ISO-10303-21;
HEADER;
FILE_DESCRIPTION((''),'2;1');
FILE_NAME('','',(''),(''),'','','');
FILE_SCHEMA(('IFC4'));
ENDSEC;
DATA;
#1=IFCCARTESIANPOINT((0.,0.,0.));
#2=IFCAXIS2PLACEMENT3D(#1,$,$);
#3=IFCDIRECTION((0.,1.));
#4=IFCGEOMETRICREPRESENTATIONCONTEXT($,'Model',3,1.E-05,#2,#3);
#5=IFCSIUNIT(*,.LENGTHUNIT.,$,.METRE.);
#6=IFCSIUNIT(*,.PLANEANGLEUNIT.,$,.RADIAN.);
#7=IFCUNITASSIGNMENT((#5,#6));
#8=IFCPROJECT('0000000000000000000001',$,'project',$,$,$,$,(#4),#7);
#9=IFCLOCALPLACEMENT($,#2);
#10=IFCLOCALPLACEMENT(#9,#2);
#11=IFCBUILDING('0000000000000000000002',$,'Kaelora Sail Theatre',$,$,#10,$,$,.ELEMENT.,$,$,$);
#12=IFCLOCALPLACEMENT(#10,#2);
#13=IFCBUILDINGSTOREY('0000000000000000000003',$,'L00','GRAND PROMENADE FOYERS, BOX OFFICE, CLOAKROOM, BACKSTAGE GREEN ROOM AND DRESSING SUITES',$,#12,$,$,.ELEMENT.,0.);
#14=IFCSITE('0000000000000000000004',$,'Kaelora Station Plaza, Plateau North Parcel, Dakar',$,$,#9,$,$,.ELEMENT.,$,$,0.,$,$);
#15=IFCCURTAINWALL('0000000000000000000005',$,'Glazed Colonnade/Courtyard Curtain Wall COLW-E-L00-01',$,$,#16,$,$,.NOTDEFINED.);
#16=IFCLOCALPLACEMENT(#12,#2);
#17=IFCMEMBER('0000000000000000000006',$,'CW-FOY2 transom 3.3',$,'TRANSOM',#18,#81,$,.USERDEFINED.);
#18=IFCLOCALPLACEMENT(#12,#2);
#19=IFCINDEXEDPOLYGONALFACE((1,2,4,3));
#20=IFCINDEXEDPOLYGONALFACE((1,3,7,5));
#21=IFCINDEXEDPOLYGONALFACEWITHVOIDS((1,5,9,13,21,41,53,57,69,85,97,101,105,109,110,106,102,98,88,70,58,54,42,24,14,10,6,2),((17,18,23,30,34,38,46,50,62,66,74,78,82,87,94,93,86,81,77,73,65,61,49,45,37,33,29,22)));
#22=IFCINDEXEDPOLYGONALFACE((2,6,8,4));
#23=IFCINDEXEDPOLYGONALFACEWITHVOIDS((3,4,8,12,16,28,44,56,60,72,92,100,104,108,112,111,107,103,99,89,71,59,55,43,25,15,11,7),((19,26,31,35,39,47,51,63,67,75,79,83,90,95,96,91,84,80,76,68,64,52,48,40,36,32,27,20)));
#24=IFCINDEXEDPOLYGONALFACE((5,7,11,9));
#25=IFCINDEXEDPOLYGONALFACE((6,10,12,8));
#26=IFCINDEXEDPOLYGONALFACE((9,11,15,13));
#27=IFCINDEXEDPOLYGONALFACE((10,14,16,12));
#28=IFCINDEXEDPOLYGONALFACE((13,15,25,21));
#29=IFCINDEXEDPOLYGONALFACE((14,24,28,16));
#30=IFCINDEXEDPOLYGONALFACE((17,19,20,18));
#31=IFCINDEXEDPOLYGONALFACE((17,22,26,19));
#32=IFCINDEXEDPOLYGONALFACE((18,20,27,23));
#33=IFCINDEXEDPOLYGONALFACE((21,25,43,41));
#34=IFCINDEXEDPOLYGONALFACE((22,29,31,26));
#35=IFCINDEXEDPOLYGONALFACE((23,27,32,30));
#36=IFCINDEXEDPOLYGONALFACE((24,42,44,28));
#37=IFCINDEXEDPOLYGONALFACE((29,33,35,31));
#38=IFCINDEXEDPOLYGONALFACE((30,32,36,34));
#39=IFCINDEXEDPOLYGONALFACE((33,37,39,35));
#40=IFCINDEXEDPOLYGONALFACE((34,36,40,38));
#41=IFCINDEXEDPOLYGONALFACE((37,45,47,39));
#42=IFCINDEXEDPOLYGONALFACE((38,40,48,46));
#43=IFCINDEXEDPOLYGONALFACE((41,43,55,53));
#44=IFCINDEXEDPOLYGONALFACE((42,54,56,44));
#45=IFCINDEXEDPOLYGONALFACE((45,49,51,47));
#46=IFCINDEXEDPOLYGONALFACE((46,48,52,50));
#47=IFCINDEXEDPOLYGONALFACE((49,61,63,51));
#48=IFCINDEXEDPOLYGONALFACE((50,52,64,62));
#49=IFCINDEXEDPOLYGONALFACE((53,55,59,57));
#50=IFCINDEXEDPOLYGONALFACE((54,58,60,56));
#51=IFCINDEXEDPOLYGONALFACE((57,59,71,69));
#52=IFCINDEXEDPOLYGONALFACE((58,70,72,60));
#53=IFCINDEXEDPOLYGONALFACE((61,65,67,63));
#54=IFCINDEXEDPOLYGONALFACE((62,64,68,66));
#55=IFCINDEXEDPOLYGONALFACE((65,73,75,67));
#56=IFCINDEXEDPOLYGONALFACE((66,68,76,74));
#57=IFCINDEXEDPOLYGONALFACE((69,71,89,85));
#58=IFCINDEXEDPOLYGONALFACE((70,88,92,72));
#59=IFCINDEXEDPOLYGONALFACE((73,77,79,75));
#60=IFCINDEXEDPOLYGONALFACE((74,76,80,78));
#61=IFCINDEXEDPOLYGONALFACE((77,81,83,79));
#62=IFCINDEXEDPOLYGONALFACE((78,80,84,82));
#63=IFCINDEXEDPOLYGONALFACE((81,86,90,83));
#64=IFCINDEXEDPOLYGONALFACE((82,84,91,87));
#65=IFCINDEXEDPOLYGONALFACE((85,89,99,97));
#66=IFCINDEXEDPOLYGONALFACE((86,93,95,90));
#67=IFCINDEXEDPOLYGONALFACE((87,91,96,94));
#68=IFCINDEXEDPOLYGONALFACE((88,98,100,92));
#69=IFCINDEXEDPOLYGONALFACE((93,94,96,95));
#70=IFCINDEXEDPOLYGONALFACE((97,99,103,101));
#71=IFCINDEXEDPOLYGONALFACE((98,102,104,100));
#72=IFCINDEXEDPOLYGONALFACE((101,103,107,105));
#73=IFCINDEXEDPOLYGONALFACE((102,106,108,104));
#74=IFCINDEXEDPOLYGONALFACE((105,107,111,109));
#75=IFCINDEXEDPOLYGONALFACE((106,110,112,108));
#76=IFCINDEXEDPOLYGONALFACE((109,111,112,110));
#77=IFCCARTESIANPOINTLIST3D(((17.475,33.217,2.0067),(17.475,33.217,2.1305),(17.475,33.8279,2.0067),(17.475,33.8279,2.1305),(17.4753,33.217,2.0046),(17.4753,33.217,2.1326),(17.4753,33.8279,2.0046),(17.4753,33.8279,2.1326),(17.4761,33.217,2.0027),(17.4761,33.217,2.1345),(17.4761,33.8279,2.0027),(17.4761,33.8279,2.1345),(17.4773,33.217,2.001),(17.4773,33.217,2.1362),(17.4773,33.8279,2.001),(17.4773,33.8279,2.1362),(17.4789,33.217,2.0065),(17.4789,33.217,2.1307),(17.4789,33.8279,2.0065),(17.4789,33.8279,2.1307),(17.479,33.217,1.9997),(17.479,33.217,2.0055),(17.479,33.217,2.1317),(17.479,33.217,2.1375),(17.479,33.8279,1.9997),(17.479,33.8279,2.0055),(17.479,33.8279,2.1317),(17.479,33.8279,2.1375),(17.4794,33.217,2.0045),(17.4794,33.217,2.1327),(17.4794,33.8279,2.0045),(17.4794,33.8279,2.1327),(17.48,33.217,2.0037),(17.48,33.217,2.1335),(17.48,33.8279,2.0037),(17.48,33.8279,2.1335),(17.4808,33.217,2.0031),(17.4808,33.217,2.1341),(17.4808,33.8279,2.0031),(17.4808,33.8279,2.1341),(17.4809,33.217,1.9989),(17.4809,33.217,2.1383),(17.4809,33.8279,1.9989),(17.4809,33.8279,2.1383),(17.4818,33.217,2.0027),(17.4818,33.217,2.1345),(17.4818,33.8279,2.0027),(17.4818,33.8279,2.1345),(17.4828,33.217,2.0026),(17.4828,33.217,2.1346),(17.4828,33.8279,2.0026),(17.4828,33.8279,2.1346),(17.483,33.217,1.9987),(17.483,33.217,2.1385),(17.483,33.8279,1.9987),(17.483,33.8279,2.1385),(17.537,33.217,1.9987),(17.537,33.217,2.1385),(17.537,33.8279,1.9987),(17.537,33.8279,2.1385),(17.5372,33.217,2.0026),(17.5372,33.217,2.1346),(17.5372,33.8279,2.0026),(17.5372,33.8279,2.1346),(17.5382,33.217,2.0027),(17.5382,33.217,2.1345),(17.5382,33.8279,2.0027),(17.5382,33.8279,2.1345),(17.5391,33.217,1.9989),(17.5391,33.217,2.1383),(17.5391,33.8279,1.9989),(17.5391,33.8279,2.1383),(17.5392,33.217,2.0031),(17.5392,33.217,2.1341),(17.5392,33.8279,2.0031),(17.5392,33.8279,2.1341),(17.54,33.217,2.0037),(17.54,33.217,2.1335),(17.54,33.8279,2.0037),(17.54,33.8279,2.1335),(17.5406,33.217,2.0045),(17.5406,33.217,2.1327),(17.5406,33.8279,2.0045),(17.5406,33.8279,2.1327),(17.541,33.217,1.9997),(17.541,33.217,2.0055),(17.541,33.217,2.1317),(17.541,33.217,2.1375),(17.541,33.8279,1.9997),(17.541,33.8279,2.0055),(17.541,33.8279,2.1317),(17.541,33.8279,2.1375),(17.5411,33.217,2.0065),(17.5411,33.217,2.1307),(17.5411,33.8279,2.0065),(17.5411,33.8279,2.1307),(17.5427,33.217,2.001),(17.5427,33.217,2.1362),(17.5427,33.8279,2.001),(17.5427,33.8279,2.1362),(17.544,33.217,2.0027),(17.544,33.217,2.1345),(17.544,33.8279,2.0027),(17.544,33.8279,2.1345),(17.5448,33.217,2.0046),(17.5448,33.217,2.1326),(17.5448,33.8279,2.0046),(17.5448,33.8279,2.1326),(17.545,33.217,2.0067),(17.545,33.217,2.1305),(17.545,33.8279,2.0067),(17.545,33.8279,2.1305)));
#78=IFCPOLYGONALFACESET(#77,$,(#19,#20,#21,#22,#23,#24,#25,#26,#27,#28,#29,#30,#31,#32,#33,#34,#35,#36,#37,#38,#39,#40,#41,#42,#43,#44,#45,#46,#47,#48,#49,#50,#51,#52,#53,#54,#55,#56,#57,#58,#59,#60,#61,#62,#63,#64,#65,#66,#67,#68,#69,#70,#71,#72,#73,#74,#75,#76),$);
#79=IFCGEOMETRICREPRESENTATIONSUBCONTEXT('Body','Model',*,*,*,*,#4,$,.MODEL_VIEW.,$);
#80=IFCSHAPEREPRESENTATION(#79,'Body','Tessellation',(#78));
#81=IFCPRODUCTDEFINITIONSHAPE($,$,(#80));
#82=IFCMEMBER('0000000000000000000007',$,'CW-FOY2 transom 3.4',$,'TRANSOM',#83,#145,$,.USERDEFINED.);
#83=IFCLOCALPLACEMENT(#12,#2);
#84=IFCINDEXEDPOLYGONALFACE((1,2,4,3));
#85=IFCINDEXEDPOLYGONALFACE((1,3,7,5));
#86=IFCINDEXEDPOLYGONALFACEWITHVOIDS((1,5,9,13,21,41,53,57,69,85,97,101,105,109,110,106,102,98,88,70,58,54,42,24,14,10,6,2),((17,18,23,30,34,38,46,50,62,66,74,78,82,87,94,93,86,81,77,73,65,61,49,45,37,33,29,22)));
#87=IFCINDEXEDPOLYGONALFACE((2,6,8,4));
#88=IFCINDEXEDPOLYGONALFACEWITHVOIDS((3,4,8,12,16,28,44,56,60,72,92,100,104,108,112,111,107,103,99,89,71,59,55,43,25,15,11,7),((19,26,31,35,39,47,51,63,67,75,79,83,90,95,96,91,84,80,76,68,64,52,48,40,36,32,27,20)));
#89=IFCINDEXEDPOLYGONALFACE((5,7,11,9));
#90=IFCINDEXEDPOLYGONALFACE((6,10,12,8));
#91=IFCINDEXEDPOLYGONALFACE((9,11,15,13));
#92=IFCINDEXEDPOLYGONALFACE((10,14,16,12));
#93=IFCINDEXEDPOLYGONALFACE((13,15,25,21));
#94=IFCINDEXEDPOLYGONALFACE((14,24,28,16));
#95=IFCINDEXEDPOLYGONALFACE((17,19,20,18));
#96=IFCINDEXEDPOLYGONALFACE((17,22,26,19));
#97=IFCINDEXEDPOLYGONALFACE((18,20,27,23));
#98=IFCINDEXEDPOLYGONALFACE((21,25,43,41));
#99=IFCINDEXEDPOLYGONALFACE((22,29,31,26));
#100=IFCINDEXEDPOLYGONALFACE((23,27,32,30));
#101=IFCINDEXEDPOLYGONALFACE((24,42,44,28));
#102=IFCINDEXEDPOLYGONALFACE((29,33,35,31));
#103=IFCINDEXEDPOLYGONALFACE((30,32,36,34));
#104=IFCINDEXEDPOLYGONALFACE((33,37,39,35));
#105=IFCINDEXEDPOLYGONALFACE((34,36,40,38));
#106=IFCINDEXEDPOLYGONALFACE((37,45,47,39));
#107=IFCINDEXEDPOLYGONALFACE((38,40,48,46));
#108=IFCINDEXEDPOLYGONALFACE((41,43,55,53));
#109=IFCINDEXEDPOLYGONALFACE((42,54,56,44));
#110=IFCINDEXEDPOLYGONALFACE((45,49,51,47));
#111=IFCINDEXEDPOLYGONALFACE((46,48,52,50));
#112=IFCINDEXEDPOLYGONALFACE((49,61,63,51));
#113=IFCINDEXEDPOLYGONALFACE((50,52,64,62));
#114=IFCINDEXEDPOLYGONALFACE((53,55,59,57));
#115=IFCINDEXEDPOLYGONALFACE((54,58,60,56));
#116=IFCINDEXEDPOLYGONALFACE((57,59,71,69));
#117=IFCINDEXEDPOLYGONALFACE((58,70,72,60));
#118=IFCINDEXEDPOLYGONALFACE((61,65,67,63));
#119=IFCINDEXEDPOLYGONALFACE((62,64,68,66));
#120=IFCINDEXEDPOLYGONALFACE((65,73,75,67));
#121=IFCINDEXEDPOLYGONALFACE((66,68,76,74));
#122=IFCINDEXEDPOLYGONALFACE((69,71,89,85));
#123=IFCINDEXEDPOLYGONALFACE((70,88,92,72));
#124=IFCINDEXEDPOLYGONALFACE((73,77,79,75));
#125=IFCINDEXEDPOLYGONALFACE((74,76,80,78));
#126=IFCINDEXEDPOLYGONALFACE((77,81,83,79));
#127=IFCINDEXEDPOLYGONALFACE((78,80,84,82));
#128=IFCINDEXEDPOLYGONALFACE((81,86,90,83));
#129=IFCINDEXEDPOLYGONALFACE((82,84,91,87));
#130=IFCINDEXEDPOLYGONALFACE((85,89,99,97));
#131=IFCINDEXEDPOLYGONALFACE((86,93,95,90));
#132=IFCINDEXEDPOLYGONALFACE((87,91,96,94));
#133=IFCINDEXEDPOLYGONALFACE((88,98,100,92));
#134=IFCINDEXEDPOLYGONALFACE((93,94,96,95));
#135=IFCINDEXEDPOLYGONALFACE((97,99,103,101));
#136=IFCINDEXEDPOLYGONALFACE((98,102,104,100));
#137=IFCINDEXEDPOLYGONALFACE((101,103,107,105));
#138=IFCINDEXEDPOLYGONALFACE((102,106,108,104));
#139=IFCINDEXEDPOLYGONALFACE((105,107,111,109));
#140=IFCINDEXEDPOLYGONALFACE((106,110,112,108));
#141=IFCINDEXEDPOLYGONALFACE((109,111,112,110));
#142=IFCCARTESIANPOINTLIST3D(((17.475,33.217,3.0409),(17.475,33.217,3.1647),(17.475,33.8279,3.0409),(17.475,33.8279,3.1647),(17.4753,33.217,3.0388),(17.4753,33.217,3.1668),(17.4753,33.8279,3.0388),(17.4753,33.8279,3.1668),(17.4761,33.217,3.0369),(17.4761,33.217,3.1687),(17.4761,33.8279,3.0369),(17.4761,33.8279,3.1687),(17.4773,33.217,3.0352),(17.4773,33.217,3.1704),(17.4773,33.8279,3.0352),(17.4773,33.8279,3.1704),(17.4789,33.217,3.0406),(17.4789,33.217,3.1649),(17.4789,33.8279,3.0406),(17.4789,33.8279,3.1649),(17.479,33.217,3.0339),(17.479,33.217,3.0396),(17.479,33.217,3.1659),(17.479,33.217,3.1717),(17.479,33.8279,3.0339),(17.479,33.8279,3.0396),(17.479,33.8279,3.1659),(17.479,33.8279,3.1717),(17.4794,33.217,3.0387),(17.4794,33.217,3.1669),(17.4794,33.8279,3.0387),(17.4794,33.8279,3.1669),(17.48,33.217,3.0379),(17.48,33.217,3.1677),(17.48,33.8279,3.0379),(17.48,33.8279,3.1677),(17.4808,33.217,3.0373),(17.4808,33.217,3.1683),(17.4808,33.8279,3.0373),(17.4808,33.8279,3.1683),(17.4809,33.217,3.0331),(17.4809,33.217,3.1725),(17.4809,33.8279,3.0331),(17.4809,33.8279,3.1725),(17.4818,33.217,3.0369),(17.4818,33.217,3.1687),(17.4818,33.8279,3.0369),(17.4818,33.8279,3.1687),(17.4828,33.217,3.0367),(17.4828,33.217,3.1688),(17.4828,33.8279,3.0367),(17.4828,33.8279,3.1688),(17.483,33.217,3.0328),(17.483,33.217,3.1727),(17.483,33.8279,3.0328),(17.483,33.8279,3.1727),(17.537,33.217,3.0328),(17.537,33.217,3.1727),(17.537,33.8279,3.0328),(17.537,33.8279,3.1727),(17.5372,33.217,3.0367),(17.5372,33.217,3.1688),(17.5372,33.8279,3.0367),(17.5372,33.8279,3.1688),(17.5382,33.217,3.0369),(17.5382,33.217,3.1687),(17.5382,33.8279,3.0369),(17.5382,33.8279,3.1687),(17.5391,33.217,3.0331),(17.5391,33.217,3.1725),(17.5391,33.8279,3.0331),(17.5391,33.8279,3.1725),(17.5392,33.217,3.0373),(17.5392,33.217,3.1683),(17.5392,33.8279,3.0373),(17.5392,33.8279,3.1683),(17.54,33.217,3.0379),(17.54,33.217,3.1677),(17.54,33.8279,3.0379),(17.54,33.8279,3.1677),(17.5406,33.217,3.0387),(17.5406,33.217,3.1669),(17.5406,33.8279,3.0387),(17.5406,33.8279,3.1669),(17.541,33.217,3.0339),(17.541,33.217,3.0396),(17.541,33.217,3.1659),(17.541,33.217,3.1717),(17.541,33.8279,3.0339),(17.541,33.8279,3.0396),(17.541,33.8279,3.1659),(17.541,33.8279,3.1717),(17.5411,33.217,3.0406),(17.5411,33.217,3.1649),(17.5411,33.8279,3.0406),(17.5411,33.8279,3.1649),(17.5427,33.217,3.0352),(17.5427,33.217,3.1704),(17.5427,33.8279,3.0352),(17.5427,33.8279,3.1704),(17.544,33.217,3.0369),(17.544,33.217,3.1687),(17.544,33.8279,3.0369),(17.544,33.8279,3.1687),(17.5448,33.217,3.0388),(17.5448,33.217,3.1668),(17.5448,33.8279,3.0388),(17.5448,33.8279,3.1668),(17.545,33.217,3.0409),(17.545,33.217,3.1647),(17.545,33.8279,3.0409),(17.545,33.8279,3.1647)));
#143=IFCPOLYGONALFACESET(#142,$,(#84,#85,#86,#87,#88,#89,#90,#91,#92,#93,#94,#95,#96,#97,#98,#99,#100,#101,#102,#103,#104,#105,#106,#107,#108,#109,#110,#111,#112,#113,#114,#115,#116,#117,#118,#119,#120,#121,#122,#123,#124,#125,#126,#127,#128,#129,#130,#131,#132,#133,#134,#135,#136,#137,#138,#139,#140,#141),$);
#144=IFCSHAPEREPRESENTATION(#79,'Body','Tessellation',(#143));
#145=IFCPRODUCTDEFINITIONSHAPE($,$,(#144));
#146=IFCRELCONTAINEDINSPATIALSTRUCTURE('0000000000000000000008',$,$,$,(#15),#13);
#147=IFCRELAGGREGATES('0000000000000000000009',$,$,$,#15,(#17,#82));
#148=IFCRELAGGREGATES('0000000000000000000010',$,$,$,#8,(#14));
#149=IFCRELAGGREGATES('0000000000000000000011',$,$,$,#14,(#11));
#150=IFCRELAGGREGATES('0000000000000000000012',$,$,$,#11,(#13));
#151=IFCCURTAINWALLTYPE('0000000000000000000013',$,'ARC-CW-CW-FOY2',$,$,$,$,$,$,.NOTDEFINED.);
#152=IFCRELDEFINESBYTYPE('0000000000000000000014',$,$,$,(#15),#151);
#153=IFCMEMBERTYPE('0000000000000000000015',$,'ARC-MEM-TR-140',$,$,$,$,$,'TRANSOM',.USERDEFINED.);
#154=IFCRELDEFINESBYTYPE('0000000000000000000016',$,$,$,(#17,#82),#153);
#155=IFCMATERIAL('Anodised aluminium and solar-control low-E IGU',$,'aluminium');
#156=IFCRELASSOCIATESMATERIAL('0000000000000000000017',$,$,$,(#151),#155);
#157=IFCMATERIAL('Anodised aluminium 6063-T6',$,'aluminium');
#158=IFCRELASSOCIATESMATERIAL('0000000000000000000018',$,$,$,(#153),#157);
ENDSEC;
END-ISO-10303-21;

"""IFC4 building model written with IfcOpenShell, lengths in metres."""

from ifc_helpers import new_model, si_unit, direction, frame, origin, origin_2d, place, context, subcontext, project, spatial, hollow_rectangle, extrude, material, material_profile, profile_set, type_object, element, aggregate, save


model = new_model("IFC4")

# Units and contexts
model_context = context("Model", 3, precision=1e-05, world=origin(), true_north=direction((0.0, 1.0)))
body_context = subcontext(model_context, "Body", "Model", "MODEL_VIEW")
ifc_project = project(units=[si_unit("LENGTHUNIT", "METRE"), si_unit("PLANEANGLEUNIT", "RADIAN")], contexts=[model_context])

# Site, building, storey
site_placement = place(None, origin())
site = spatial("IfcSite", under=ifc_project, at=site_placement, Name="Kaelora Station Plaza, Plateau North Parcel, Dakar", CompositionType="ELEMENT", RefElevation=0.0)
building_placement = place(site_placement, origin())
building = spatial("IfcBuilding", under=site, at=building_placement, Name="Kaelora Sail Theatre", CompositionType="ELEMENT")
storey_placement = place(building_placement, origin())
storey = spatial("IfcBuildingStorey", under=building, at=storey_placement, Name="L00", Description="GRAND PROMENADE FOYERS, BOX OFFICE, CLOAKROOM, BACKSTAGE GREEN ROOM AND DRESSING SUITES", CompositionType="ELEMENT", Elevation=0.0)

# Curtain wall, members
ifc_material_1 = material(Name="Anodised aluminium and solar-control low-E IGU", Category="aluminium")
curtain_wall_type = type_object("IfcCurtainWallType", Name="ARC-CW-CW-FOY2", PredefinedType="NOTDEFINED", material=ifc_material_1)
curtain_wall_placement = place(storey_placement, origin())
curtain_wall = element("IfcCurtainWall", 1, at=curtain_wall_placement, inside=storey, type_object=curtain_wall_type, Name="Glazed Colonnade/Courtyard Curtain Wall COLW-E-L00-01", PredefinedType="NOTDEFINED")
ifc_material_2 = material(Name="Anodised aluminium 6063-T6", Category="aluminium")
ifc_material_profile = material_profile(ifc_material_2, hollow_rectangle(XDim=0.0701, YDim=0.1399, WallThickness=0.0039, InnerFilletRadius=0.0039, OuterFilletRadius=0.0081, at=origin_2d()), Name="ALU-TRAN 70x140x4")
ifc_profile_set = profile_set([ifc_material_profile], Name="Anodised aluminium 6063-T6")
member_type = type_object("IfcMemberType", Name="ARC-MEM-TR-140", ElementType="TRANSOM", PredefinedType="USERDEFINED", material=ifc_profile_set)
member_1_placement = place(storey_placement, frame((17.51, 33.217, 2.0686), z_axis=(0.0, 1.0, 0.0), x_axis=(-1.0, 0.0, 0.0)))
member_1 = element("IfcMember", 2, at=member_1_placement, type_object=member_type, Name="CW-FOY2 transom 3.3", ObjectType="TRANSOM", PredefinedType="USERDEFINED", context=body_context, shape_type="SweptSolid", body=[
    extrude(hollow_rectangle(XDim=0.0701, YDim=0.1399, WallThickness=0.0039, InnerFilletRadius=0.0039, OuterFilletRadius=0.0081, at=origin_2d()), origin(), (0.0, 0.0, 1.0), 0.6108),
])
member_2_placement = place(storey_placement, frame((17.51, 33.217, 3.1028), z_axis=(0.0, 1.0, 0.0), x_axis=(-1.0, 0.0, 0.0)))
member_2 = element("IfcMember", 3, at=member_2_placement, type_object=member_type, Name="CW-FOY2 transom 3.4", ObjectType="TRANSOM", PredefinedType="USERDEFINED", context=body_context, shape_type="SweptSolid", body=[
    extrude(hollow_rectangle(XDim=0.0701, YDim=0.1399, WallThickness=0.0039, InnerFilletRadius=0.0039, OuterFilletRadius=0.0081, at=origin_2d()), origin(), (0.0, 0.0, 1.0), 0.6108),
])
aggregate(curtain_wall, [member_1, member_2])

save(model, "model.ifc")
